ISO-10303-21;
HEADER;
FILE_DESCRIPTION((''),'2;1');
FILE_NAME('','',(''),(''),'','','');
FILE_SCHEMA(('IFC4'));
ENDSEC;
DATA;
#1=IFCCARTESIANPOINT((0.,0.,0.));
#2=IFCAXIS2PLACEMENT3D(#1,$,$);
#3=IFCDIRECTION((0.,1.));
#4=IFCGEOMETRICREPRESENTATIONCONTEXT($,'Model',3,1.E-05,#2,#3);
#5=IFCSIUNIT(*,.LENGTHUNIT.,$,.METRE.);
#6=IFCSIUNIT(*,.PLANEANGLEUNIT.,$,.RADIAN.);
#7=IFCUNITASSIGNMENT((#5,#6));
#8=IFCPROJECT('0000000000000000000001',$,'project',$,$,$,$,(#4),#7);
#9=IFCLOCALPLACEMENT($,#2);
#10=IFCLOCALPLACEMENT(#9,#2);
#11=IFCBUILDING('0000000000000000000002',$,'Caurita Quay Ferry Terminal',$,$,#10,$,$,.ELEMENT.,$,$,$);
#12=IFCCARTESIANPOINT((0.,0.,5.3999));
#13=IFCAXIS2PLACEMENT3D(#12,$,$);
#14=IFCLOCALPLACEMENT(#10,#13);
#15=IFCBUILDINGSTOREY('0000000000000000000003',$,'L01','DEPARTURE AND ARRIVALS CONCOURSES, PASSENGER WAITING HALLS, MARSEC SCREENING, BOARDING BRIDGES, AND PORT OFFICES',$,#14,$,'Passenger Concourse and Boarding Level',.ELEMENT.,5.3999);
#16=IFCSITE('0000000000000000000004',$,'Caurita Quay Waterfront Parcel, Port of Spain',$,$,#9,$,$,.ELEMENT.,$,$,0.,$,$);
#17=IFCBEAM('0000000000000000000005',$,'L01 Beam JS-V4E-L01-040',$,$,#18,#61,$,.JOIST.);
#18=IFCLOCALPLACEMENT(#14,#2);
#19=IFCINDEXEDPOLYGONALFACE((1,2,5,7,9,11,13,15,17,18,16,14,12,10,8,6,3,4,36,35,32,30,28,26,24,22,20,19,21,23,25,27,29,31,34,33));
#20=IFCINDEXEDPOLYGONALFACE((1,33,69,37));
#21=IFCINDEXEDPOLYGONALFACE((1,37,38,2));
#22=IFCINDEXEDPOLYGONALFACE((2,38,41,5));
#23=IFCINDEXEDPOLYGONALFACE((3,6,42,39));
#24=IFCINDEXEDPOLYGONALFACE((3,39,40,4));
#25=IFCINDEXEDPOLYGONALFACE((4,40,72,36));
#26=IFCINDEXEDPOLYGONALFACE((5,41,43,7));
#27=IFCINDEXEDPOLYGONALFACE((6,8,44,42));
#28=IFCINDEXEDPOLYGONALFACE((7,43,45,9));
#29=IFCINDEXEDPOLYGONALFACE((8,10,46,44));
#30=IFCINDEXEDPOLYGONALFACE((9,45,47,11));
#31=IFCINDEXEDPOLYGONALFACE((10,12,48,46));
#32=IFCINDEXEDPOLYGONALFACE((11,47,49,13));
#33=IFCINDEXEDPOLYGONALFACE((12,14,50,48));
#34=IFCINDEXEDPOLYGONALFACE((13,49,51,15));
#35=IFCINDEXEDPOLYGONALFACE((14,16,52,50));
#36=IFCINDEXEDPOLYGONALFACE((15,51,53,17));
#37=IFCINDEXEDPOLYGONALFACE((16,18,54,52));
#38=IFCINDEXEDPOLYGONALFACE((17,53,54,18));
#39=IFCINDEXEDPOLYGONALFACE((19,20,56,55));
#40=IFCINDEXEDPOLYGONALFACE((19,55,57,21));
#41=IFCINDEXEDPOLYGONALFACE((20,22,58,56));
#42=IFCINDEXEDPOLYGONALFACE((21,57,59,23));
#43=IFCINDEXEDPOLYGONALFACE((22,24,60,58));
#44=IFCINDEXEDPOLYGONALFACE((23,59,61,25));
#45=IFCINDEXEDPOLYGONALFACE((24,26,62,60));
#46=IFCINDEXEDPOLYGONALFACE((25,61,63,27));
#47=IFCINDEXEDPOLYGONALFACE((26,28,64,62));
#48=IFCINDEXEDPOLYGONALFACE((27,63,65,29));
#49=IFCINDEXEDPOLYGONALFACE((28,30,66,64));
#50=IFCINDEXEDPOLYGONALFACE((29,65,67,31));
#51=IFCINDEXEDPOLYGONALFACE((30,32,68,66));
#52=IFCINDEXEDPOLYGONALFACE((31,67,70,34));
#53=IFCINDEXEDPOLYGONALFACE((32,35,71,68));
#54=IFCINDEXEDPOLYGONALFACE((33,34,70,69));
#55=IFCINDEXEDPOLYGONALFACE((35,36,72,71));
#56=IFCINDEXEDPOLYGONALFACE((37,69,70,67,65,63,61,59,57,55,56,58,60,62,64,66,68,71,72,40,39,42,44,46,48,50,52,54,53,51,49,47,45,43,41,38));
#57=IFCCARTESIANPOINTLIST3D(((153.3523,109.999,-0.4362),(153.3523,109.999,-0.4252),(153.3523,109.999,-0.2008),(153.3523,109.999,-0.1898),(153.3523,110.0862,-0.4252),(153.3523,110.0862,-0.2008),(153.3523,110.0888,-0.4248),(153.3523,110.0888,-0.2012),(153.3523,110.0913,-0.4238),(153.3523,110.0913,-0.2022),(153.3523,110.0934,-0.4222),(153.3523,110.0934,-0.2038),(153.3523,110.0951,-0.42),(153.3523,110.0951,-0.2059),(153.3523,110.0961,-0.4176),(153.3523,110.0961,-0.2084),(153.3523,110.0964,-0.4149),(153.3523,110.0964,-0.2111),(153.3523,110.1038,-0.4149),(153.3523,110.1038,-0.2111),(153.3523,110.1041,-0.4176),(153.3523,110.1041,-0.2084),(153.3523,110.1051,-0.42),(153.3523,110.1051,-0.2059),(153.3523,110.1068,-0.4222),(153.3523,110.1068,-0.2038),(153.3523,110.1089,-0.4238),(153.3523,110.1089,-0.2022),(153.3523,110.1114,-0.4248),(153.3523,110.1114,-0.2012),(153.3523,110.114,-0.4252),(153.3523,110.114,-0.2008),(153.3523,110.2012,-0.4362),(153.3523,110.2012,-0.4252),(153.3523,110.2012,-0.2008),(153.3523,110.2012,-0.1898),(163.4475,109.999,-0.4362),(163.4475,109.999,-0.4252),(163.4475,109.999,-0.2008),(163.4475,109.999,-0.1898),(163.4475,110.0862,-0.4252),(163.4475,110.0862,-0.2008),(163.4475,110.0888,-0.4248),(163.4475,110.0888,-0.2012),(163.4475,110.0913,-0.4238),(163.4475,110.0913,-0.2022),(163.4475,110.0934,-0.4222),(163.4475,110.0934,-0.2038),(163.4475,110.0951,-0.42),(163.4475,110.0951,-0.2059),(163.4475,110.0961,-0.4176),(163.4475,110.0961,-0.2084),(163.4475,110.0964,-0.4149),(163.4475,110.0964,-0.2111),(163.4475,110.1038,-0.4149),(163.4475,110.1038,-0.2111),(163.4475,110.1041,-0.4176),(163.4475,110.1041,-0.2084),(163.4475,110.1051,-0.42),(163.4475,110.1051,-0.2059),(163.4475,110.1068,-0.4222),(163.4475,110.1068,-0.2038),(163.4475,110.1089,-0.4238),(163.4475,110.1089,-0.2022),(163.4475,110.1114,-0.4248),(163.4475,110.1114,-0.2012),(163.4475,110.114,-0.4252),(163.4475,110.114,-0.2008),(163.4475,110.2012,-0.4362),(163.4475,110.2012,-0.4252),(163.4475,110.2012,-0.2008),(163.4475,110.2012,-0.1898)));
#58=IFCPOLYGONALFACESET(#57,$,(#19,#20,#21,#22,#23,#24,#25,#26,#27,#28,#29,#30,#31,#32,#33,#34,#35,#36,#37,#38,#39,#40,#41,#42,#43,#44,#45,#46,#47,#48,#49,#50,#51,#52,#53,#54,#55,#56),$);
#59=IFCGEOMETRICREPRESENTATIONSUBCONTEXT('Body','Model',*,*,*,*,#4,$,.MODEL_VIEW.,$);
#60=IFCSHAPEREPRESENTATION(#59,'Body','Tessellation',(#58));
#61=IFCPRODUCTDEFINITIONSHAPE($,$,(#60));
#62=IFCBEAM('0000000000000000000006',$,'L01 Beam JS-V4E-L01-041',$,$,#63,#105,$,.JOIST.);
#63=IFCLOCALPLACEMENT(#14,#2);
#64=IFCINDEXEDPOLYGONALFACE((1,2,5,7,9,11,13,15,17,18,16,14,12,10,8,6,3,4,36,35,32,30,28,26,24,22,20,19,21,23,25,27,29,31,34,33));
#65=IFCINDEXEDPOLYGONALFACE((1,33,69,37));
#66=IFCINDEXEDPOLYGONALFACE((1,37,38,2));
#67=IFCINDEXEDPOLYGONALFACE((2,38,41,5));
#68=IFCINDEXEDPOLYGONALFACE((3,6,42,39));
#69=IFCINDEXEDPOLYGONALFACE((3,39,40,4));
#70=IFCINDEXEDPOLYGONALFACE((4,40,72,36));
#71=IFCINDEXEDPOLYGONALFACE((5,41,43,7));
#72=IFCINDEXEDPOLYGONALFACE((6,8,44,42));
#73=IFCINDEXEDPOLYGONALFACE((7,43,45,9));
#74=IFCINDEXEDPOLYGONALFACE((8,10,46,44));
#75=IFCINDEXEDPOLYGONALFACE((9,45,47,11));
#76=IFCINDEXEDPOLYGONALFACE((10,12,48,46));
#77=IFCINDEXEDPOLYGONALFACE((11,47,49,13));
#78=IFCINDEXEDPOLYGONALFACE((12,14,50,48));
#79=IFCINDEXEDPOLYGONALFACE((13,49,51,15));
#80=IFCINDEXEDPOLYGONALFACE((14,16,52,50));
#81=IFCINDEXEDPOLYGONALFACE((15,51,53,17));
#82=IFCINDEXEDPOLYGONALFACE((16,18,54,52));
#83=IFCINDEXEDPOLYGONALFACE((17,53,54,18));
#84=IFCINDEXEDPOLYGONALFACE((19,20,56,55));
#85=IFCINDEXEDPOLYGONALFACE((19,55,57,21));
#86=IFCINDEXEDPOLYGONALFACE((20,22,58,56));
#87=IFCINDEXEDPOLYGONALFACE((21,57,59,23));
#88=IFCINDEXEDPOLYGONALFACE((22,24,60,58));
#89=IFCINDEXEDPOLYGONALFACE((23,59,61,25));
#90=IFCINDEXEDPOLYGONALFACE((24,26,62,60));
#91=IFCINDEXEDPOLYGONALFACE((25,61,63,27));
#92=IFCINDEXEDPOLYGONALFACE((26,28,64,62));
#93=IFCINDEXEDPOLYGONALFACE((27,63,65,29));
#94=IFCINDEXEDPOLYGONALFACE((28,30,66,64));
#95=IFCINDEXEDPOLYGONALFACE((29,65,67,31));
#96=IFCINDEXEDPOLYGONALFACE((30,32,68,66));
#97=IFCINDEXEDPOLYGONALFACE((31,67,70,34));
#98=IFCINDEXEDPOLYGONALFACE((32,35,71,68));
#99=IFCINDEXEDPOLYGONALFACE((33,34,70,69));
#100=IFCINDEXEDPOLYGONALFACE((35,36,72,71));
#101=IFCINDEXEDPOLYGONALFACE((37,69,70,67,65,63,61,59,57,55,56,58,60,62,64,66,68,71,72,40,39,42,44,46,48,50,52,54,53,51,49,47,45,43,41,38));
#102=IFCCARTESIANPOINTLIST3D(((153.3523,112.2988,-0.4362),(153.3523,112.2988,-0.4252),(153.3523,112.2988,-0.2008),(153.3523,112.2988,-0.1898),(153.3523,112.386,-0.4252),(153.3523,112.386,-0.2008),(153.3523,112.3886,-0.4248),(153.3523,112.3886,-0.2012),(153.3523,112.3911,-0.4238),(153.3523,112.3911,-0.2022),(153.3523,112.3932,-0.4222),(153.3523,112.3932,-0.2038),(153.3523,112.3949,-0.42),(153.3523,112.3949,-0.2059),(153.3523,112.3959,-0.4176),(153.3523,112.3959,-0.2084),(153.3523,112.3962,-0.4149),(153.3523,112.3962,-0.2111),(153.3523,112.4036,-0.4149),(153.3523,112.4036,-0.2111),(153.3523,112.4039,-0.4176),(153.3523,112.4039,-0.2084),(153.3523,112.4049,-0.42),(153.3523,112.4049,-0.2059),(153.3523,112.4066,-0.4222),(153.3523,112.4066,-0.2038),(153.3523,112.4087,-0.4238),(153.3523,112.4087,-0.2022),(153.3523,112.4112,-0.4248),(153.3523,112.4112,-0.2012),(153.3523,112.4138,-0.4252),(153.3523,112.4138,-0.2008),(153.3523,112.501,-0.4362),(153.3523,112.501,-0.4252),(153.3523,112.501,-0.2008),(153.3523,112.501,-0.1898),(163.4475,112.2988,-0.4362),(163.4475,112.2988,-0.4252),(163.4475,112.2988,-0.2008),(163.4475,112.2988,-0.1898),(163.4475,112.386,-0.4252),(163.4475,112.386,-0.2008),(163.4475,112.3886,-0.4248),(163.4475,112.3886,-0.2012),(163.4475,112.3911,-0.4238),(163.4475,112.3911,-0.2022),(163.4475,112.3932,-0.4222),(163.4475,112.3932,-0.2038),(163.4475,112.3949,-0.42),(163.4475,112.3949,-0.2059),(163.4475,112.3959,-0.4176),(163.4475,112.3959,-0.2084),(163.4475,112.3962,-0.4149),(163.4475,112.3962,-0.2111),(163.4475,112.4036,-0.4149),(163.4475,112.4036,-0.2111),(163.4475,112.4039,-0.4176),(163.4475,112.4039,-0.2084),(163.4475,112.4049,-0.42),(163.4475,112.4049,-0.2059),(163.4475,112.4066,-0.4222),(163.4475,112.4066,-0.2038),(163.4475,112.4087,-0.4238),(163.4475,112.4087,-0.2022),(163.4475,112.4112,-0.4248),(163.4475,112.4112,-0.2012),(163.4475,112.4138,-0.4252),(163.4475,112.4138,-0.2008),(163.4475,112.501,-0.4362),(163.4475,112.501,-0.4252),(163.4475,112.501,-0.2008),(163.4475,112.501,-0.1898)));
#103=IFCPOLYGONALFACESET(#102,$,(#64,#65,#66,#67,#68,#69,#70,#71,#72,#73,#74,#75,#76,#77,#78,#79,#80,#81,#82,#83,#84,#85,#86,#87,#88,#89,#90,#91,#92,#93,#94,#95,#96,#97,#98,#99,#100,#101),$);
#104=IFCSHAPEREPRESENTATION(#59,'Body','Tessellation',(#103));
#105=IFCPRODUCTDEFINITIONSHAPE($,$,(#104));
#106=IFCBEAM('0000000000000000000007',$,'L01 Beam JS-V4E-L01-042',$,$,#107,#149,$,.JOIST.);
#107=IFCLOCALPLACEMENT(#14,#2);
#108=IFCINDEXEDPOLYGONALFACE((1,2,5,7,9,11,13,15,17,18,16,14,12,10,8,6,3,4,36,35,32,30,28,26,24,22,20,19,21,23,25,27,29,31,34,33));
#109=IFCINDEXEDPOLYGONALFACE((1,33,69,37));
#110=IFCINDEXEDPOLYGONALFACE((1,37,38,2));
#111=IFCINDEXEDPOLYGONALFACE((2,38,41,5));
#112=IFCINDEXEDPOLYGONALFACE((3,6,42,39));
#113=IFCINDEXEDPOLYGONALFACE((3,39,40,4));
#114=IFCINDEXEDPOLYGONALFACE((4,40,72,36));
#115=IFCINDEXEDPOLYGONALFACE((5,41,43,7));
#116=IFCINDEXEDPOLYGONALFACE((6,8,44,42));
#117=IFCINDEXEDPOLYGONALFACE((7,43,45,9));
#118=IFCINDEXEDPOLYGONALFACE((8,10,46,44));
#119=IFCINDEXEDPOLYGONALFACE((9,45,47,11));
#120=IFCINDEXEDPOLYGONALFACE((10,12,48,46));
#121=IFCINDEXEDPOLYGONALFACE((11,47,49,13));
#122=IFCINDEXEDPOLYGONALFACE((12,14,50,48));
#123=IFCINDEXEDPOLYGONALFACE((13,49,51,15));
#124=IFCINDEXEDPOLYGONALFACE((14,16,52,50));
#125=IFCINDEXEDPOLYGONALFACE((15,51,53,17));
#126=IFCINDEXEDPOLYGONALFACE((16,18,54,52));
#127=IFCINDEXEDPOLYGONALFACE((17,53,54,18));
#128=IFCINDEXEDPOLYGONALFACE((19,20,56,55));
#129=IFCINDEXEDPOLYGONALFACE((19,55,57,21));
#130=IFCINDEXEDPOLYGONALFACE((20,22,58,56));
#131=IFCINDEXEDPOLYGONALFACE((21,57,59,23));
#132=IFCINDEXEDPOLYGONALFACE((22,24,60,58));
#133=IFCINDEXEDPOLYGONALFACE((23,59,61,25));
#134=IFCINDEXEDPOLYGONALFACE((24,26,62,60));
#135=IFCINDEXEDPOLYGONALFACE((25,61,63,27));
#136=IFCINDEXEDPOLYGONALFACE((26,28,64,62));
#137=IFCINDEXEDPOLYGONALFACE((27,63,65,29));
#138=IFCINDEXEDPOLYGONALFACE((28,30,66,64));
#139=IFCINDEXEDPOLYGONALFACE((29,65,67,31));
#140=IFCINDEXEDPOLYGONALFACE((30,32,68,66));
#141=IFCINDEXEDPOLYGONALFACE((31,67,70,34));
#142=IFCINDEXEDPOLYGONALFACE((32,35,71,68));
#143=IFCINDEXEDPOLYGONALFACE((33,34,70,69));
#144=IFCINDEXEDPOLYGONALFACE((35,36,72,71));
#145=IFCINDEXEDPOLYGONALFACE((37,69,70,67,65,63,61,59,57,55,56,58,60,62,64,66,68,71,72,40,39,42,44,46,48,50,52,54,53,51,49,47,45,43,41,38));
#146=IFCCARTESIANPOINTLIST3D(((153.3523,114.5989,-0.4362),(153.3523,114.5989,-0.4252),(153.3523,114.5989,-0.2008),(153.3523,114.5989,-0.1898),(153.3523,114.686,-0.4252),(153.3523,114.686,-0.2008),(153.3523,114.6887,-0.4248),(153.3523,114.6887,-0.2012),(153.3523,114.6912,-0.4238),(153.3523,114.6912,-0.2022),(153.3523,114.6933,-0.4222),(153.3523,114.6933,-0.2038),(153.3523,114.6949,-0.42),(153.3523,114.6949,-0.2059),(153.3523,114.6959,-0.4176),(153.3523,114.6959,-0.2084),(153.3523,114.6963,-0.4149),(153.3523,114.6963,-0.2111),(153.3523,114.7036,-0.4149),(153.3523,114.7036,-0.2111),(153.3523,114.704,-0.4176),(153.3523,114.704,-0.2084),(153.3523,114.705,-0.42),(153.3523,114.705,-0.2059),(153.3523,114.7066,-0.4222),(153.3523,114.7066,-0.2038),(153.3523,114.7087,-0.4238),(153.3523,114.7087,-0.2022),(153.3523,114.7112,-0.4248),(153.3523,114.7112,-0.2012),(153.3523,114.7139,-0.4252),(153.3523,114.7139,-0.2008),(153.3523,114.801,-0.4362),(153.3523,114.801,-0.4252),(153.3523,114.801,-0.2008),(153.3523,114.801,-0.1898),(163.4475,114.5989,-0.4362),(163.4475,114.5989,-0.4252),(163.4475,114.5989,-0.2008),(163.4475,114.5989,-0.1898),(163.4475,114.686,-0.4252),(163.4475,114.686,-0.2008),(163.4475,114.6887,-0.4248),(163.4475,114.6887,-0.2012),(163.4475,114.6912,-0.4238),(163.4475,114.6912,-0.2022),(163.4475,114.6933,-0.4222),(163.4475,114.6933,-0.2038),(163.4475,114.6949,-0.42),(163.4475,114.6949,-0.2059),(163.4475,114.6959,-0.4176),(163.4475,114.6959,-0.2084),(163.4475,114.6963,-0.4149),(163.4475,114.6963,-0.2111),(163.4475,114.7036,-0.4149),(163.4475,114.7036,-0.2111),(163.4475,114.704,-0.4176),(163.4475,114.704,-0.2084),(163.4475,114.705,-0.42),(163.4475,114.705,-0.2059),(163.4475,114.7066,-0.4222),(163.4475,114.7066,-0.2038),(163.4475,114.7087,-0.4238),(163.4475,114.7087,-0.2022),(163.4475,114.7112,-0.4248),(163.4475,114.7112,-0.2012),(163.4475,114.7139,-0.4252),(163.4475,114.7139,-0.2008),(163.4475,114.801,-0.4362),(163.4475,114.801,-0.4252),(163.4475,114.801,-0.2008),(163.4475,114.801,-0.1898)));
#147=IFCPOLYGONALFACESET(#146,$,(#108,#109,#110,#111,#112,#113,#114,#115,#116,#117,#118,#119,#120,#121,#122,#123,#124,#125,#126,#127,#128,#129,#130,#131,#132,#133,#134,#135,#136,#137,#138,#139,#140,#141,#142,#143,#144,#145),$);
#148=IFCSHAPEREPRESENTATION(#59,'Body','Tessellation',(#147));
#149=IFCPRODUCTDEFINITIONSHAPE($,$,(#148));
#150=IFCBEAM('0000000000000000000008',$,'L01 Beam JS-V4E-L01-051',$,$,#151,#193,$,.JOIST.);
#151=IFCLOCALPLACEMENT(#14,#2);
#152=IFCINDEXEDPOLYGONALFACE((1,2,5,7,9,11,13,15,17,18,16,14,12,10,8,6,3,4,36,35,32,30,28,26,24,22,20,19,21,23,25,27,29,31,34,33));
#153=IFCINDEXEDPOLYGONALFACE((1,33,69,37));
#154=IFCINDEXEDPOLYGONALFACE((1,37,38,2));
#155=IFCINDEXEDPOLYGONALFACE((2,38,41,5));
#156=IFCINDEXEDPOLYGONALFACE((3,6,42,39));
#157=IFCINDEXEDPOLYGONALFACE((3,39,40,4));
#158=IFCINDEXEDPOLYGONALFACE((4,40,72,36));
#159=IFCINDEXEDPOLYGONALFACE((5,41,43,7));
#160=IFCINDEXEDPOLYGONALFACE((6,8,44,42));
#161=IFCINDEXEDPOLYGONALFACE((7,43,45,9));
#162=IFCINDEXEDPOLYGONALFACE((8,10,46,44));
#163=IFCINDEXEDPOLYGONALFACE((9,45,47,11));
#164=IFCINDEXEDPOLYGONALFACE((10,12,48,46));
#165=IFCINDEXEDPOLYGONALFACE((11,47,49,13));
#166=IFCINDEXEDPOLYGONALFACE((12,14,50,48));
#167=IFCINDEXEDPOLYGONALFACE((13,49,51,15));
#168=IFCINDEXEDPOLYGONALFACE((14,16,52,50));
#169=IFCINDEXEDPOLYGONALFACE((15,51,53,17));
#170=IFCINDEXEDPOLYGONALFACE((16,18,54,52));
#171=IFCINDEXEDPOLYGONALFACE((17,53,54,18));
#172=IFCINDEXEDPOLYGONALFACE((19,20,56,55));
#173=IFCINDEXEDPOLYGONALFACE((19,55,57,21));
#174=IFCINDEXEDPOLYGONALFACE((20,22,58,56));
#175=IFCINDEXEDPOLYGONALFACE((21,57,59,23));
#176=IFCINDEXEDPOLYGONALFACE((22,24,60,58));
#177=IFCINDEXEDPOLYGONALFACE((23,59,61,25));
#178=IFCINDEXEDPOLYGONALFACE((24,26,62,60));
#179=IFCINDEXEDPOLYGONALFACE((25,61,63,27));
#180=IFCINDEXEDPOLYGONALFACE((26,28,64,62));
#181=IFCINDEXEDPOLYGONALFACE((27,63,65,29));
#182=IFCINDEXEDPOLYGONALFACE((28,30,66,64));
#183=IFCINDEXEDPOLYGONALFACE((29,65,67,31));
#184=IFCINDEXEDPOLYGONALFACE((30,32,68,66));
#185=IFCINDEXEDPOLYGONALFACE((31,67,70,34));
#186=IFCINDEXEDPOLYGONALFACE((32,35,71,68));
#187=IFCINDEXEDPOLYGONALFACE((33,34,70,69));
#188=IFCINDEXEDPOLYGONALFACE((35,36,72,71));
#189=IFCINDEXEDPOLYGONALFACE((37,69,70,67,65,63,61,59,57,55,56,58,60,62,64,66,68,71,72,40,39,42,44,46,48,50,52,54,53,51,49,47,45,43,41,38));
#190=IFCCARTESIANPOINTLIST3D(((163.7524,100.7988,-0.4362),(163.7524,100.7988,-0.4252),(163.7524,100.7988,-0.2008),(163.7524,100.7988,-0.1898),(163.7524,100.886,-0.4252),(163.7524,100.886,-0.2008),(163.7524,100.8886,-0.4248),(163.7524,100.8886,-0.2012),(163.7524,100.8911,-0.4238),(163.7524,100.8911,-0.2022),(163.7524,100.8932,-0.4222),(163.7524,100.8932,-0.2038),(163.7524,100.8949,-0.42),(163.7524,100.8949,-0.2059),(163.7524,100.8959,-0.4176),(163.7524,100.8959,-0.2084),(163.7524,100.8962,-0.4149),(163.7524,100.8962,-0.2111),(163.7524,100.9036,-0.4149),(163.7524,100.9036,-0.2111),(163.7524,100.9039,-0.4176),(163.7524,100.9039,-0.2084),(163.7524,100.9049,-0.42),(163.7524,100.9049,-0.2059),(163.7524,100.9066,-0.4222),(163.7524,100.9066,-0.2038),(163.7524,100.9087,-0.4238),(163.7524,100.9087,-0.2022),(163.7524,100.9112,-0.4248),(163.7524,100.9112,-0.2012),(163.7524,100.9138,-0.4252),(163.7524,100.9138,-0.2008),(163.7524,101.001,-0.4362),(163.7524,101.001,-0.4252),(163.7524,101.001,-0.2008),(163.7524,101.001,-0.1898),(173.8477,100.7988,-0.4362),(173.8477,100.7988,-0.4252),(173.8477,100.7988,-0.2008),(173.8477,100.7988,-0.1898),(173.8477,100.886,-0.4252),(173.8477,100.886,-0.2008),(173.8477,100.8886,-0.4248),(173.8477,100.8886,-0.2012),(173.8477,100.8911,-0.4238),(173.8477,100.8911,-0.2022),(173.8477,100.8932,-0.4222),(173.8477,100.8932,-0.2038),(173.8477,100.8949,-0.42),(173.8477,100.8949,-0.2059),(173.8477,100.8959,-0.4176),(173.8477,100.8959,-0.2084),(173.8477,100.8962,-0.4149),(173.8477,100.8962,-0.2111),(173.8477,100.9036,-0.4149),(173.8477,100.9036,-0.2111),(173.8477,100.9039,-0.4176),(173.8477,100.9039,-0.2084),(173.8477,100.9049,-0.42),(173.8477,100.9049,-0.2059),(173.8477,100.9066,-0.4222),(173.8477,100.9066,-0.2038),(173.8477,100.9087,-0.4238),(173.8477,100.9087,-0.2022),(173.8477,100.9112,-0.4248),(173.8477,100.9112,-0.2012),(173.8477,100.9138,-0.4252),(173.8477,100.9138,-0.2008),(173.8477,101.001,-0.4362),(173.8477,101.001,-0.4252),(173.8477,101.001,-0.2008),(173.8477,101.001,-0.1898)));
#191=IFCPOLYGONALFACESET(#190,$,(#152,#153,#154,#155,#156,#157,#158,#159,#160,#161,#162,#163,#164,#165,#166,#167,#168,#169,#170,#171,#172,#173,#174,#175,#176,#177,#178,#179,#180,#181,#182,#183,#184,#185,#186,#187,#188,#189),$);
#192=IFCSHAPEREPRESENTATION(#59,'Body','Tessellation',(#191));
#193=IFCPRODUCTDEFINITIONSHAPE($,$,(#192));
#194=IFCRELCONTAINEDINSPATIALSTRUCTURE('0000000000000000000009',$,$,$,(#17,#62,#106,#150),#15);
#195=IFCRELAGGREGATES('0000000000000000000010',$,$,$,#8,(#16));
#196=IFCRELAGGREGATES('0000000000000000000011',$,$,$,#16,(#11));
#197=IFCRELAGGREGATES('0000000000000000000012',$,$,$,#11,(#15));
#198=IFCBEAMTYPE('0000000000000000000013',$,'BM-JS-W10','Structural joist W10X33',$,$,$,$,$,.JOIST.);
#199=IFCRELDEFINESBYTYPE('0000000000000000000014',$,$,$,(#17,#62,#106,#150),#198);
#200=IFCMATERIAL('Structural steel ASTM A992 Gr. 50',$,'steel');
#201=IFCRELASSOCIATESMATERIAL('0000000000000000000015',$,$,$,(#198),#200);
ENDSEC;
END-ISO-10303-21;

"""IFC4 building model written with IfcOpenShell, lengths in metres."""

from ifc_helpers import new_model, si_unit, direction, frame, origin, origin_2d, place, context, subcontext, project, spatial, i_section, extrude, material, material_profile, profile_set, type_object, element, save


model = new_model("IFC4")

# Units and contexts
model_context = context("Model", 3, precision=1e-05, world=origin(), true_north=direction((0.0, 1.0)))
body_context = subcontext(model_context, "Body", "Model", "MODEL_VIEW")
ifc_project = project(units=[si_unit("LENGTHUNIT", "METRE"), si_unit("PLANEANGLEUNIT", "RADIAN")], contexts=[model_context])

# Site, building, storey
site_placement = place(None, origin())
site = spatial("IfcSite", under=ifc_project, at=site_placement, Name="Caurita Quay Waterfront Parcel, Port of Spain", CompositionType="ELEMENT", RefElevation=0.0)
building_placement = place(site_placement, origin())
building = spatial("IfcBuilding", under=site, at=building_placement, Name="Caurita Quay Ferry Terminal", CompositionType="ELEMENT")
storey_placement = place(building_placement, frame((0.0, 0.0, 5.3999)))
storey = spatial("IfcBuildingStorey", under=building, at=storey_placement, Name="L01", Description="DEPARTURE AND ARRIVALS CONCOURSES, PASSENGER WAITING HALLS, MARSEC SCREENING, BOARDING BRIDGES, AND PORT OFFICES", LongName="Passenger Concourse and Boarding Level", CompositionType="ELEMENT", Elevation=5.3999)

# Beams
ifc_material_1 = material(Name="Structural steel ASTM A992 Gr. 50", Category="steel")
ifc_material_profile_1 = material_profile(ifc_material_1, i_section(OverallWidth=0.2021, OverallDepth=0.2463, WebThickness=0.0073, FlangeThickness=0.011, FilletRadius=0.0103, at=origin_2d()), Name="W10X33")
ifc_profile_set_1 = profile_set([ifc_material_profile_1], Name="Structural steel ASTM A992 Gr. 50")
beam_type_1 = type_object("IfcBeamType", Name="BM-JS-W10", Description="Structural joist W10X33", PredefinedType="JOIST", material=ifc_profile_set_1)
for number, where, z_axis, x_axis, name in (
    (1, (153.3523, 110.1001, -0.313), (1.0, 0.0, 0.0), (0.0, 1.0, 0.0), "L01 Beam JS-V4E-L01-040"),
    (2, (153.3523, 112.3999, -0.313), (1.0, 0.0, 0.0), (0.0, 1.0, 0.0), "L01 Beam JS-V4E-L01-041"),
    (3, (153.3523, 114.7, -0.313), (1.0, 0.0, 0.0), (0.0, 1.0, 0.0), "L01 Beam JS-V4E-L01-042"),
    (4, (163.7524, 100.8999, -0.313), (1.0, 0.0, 0.0), (0.0, 1.0, 0.0), "L01 Beam JS-V4E-L01-051"),
):
    element("IfcBeam", number, at=place(storey_placement, frame(where, z_axis=z_axis, x_axis=x_axis)), inside=storey, type_object=beam_type_1, Name=name, PredefinedType="JOIST", context=body_context, shape_type="SweptSolid", body=[
        extrude(i_section(OverallWidth=0.2021, OverallDepth=0.2463, WebThickness=0.0073, FlangeThickness=0.011, FilletRadius=0.0103, at=origin_2d()), origin(), (0.0, 0.0, 1.0), 10.0952),
    ])

save(model, "model.ifc")
